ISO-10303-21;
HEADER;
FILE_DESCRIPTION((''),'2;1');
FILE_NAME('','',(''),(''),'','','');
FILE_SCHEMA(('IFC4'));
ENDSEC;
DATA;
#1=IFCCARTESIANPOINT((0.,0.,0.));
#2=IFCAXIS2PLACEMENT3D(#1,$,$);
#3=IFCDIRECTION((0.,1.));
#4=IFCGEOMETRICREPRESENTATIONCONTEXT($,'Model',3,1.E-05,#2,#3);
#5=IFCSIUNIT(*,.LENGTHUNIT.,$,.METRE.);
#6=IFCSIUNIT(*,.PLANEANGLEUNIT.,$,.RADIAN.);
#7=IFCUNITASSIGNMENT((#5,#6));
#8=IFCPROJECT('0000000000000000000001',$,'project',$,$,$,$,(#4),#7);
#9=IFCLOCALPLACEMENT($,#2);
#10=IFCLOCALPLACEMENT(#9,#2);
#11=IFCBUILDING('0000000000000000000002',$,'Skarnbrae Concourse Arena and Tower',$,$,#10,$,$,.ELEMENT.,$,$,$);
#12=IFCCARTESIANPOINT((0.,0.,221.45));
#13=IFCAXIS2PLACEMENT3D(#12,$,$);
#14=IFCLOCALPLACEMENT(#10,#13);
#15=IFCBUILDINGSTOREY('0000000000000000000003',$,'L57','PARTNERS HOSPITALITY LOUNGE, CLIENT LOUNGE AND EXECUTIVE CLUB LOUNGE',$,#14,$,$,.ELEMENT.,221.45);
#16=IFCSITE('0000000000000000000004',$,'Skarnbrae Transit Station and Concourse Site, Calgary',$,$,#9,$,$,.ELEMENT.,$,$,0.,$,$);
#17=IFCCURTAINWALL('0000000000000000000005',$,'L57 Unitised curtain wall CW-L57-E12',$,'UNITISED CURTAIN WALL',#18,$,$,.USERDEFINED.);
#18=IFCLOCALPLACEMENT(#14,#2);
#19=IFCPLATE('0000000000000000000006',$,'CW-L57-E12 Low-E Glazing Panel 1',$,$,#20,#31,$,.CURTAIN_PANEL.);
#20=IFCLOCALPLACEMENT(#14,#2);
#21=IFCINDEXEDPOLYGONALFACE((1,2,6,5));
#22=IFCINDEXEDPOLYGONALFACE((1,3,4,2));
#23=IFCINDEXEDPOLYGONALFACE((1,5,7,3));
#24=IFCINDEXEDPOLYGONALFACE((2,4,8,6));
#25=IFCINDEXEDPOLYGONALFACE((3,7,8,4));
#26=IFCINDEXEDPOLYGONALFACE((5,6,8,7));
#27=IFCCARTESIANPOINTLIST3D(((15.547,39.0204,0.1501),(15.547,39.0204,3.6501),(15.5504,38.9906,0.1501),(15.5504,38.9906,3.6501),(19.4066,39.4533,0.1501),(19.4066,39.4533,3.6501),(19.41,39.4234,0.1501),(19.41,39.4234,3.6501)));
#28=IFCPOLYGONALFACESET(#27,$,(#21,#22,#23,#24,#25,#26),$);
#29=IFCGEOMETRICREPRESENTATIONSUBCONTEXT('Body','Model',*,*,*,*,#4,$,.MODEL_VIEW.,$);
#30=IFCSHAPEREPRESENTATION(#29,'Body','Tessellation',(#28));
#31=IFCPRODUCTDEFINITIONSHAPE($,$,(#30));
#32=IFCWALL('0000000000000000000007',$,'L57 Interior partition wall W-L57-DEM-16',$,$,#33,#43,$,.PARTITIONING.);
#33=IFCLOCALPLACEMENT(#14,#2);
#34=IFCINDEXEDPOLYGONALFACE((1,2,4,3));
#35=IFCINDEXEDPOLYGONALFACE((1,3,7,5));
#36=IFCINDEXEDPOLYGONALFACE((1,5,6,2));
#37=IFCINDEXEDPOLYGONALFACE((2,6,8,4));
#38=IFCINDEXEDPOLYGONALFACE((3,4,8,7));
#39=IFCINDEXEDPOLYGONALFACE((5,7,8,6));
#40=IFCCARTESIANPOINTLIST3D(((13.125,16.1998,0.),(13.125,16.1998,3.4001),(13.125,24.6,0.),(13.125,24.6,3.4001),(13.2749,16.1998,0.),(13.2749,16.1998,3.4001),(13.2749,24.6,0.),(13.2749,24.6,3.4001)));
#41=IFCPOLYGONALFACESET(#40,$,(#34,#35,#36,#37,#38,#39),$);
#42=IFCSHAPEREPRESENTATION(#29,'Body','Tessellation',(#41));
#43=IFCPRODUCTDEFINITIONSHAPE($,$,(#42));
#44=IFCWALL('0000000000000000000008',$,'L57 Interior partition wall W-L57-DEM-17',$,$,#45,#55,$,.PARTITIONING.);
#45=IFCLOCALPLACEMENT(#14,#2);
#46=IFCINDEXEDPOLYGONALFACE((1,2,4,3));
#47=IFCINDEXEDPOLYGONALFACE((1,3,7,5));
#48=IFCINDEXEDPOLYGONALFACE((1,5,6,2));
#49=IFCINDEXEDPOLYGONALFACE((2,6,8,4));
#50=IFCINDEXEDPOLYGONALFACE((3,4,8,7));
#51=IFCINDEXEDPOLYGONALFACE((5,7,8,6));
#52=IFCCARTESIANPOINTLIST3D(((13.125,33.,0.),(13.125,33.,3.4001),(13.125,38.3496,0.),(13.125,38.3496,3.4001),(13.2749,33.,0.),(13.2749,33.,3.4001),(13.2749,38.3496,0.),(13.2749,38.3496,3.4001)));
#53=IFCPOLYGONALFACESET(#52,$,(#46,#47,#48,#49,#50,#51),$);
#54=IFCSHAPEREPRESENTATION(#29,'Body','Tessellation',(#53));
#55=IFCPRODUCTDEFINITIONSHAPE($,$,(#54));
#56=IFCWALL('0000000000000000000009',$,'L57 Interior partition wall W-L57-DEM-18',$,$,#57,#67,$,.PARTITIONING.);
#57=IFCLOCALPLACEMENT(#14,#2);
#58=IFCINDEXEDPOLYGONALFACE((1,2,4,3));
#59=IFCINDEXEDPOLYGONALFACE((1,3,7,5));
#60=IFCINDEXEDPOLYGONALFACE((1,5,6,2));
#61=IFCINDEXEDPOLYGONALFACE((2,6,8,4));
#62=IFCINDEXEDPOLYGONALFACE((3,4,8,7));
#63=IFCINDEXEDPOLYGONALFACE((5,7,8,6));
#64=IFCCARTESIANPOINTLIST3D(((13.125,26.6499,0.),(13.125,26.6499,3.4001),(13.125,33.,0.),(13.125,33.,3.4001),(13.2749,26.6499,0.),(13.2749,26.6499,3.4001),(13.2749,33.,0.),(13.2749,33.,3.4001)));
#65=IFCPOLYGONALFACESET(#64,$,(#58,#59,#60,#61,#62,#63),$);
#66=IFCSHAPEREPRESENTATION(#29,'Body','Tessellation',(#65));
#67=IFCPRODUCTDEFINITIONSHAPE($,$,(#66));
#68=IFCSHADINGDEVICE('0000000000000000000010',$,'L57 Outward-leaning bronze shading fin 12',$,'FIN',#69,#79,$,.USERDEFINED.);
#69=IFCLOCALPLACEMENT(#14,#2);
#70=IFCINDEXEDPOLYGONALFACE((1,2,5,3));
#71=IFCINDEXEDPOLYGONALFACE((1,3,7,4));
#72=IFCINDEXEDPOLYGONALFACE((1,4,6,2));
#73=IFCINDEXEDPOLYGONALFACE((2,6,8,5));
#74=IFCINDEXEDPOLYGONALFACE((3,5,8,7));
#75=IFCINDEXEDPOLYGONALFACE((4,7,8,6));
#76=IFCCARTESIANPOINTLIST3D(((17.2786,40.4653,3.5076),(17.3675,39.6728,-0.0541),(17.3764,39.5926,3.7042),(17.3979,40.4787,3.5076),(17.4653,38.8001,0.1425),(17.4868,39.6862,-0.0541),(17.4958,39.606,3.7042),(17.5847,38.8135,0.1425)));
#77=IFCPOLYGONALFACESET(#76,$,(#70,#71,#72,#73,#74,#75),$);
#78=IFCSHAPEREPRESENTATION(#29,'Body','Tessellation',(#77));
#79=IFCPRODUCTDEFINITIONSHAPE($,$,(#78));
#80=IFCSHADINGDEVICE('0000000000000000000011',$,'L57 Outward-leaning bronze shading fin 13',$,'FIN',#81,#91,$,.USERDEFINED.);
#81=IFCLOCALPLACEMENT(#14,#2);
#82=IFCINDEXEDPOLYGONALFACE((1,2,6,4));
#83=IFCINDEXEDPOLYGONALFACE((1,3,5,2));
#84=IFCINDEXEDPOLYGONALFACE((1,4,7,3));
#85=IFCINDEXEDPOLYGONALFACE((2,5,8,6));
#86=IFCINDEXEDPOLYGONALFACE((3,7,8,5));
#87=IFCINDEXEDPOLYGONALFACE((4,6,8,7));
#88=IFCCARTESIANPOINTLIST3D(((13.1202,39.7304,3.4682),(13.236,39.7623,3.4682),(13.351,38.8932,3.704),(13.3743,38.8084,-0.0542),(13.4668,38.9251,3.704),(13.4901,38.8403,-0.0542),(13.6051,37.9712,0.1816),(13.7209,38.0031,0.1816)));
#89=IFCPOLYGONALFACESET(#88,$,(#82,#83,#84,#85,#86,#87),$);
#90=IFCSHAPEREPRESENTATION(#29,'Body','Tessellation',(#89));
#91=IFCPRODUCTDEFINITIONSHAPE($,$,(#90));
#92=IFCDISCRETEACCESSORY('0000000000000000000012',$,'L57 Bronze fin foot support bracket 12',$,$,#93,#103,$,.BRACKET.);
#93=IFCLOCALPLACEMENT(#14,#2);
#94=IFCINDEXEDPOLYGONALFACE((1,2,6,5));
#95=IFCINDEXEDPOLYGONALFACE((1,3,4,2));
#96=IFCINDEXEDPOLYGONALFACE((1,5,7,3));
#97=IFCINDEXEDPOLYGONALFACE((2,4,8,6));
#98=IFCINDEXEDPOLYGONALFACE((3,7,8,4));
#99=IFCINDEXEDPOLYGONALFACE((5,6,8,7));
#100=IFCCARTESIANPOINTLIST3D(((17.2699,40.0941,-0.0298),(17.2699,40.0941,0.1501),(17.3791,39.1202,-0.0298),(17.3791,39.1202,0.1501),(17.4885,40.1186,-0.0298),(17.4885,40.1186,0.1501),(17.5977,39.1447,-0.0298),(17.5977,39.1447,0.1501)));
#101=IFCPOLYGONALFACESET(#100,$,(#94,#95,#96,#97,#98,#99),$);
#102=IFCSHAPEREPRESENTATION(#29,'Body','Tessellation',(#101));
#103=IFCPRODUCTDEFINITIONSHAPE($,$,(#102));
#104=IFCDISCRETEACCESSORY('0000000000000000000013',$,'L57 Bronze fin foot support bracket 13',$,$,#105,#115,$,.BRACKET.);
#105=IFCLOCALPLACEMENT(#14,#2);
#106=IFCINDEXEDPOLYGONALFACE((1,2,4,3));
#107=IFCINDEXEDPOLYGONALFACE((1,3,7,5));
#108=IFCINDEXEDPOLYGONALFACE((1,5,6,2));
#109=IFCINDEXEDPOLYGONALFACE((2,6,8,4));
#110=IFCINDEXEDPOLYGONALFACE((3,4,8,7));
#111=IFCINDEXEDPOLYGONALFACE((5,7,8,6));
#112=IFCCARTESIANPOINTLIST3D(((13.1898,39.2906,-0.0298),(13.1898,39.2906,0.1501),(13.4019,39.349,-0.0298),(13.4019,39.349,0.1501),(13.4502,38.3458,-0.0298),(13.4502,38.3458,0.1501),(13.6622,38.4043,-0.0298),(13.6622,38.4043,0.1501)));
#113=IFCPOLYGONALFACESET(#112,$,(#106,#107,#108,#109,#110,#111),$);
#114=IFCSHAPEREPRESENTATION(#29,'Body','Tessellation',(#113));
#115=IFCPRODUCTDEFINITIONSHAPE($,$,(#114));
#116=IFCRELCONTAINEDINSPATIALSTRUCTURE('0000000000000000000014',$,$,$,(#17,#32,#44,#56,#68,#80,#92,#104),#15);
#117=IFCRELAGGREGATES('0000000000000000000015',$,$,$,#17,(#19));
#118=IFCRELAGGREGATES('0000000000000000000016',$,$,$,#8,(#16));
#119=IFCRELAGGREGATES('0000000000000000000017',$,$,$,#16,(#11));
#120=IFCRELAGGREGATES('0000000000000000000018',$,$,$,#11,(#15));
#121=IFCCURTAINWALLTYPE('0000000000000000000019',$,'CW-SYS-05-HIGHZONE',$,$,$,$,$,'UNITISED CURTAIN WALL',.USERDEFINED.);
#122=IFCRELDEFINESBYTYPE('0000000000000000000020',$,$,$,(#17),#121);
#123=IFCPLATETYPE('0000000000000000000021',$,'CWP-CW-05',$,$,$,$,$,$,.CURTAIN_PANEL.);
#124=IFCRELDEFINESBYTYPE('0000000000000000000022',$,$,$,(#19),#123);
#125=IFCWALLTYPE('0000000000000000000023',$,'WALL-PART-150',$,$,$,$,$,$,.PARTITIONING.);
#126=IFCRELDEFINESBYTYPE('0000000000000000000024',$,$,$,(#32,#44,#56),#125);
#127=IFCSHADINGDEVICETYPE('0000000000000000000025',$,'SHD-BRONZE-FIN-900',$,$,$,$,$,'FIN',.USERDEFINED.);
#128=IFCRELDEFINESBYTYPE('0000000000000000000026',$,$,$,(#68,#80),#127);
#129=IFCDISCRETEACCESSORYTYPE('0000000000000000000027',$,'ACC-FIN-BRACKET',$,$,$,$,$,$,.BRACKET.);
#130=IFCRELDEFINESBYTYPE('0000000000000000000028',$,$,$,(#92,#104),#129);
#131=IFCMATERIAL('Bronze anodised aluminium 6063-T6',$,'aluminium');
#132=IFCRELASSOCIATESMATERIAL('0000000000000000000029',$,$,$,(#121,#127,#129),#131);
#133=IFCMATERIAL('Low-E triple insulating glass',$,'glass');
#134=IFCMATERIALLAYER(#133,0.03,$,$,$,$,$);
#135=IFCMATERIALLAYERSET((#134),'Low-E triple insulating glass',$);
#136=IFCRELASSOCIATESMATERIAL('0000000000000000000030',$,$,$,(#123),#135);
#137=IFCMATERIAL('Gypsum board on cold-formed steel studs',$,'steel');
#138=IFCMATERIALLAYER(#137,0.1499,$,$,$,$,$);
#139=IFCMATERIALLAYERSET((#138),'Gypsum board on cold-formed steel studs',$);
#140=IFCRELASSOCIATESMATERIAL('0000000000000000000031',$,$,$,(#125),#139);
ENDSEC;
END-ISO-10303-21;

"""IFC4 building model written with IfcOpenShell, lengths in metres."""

from ifc_helpers import new_model, si_unit, direction, frame, frame_2d, origin, origin_2d, place, context, subcontext, project, spatial, rectangle, extrude, source, transform, mapped, material, layer, layer_set, type_object, element, aggregate, save


model = new_model("IFC4")

# Units and contexts
model_context = context("Model", 3, precision=1e-05, world=origin(), true_north=direction((0.0, 1.0)))
body_context = subcontext(model_context, "Body", "Model", "MODEL_VIEW")
ifc_project = project(units=[si_unit("LENGTHUNIT", "METRE"), si_unit("PLANEANGLEUNIT", "RADIAN")], contexts=[model_context])

# Site, building, storey
site_placement = place(None, origin())
site = spatial("IfcSite", under=ifc_project, at=site_placement, Name="Skarnbrae Transit Station and Concourse Site, Calgary", CompositionType="ELEMENT", RefElevation=0.0)
building_placement = place(site_placement, origin())
building = spatial("IfcBuilding", under=site, at=building_placement, Name="Skarnbrae Concourse Arena and Tower", CompositionType="ELEMENT")
storey_placement = place(building_placement, frame((0.0, 0.0, 221.45)))
storey = spatial("IfcBuildingStorey", under=building, at=storey_placement, Name="L57", Description="PARTNERS HOSPITALITY LOUNGE, CLIENT LOUNGE AND EXECUTIVE CLUB LOUNGE", CompositionType="ELEMENT", Elevation=221.45)

# Curtain wall
ifc_material_1 = material(Name="Bronze anodised aluminium 6063-T6", Category="aluminium")
curtain_wall_type = type_object("IfcCurtainWallType", Name="CW-SYS-05-HIGHZONE", ElementType="UNITISED CURTAIN WALL", PredefinedType="USERDEFINED", material=ifc_material_1)
curtain_wall_1_placement = place(storey_placement, origin())
curtain_wall_1 = element("IfcCurtainWall", 1, at=curtain_wall_1_placement, inside=storey, type_object=curtain_wall_type, Name="L57 Unitised curtain wall CW-L57-E12", ObjectType="UNITISED CURTAIN WALL", PredefinedType="USERDEFINED")

# Plate
ifc_material_2 = material(Name="Low-E triple insulating glass", Category="glass")
ifc_layer_1 = layer(ifc_material_2, 0.03)
ifc_layer_set_1 = layer_set([ifc_layer_1], Name="Low-E triple insulating glass")
plate_type = type_object("IfcPlateType", Name="CWP-CW-05", PredefinedType="CURTAIN_PANEL", material=ifc_layer_set_1)
shared_shape_1 = source(origin(), body_context, "Body", "SweptSolid", [
    extrude(rectangle(XDim=3.8838, YDim=0.03, at=origin_2d()), origin(), (0.0, 0.0, 1.0), 3.5),
])
plate_1_placement = place(storey_placement, frame((17.4785, 39.2219, 0.1501), z_axis=(0.0, 0.0, 1.0), x_axis=(-0.993769, -0.11146, 0.0)))
plate_1 = element("IfcPlate", 2, at=plate_1_placement, type_object=plate_type, Name="CW-L57-E12 Low-E Glazing Panel 1", PredefinedType="CURTAIN_PANEL", context=body_context, shape_type="MappedRepresentation", body=[
    mapped(shared_shape_1, transform((0.0, 0.0, 0.0))),
])
aggregate(curtain_wall_1, [plate_1])

# Walls
ifc_material_3 = material(Name="Gypsum board on cold-formed steel studs", Category="steel")
ifc_layer_2 = layer(ifc_material_3, 0.1499)
ifc_layer_set_2 = layer_set([ifc_layer_2], Name="Gypsum board on cold-formed steel studs")
wall_type = type_object("IfcWallType", Name="WALL-PART-150", PredefinedType="PARTITIONING", material=ifc_layer_set_2)
shared_shape_2 = source(origin(), body_context, "Body", "SweptSolid", [
    extrude(rectangle(XDim=8.4001, YDim=0.1499, at=frame_2d((4.2002, 0.0))), origin(), (0.0, 0.0, 1.0), 3.4001),
])
wall_1_placement = place(storey_placement, frame((13.2, 24.6001, 0.0), z_axis=(0.0, 0.0, 1.0), x_axis=(0.0, -1.0, 0.0)))
element("IfcWall", 3, at=wall_1_placement, inside=storey, type_object=wall_type, Name="L57 Interior partition wall W-L57-DEM-16", PredefinedType="PARTITIONING", context=body_context, shape_type="MappedRepresentation", body=[
    mapped(shared_shape_2, transform((0.0, 0.0, 0.0))),
])
shared_shape_3 = source(origin(), body_context, "Body", "SweptSolid", [
    extrude(rectangle(XDim=5.3496, YDim=0.1499, at=frame_2d((2.6748, 0.0))), origin(), (0.0, 0.0, 1.0), 3.4001),
])
wall_2_placement = place(storey_placement, frame((13.2, 38.3496, 0.0), z_axis=(0.0, 0.0, 1.0), x_axis=(0.0, -1.0, 0.0)))
element("IfcWall", 4, at=wall_2_placement, inside=storey, type_object=wall_type, Name="L57 Interior partition wall W-L57-DEM-17", PredefinedType="PARTITIONING", context=body_context, shape_type="MappedRepresentation", body=[
    mapped(shared_shape_3, transform((0.0, 0.0, 0.0))),
])
shared_shape_4 = source(origin(), body_context, "Body", "SweptSolid", [
    extrude(rectangle(XDim=6.3501, YDim=0.1499, at=frame_2d((3.175, 0.0))), origin(), (0.0, 0.0, 1.0), 3.4001),
])
wall_3_placement = place(storey_placement, frame((13.2, 33.0, 0.0), z_axis=(0.0, 0.0, 1.0), x_axis=(0.0, -1.0, 0.0)))
element("IfcWall", 5, at=wall_3_placement, inside=storey, type_object=wall_type, Name="L57 Interior partition wall W-L57-DEM-18", PredefinedType="PARTITIONING", context=body_context, shape_type="MappedRepresentation", body=[
    mapped(shared_shape_4, transform((0.0, 0.0, 0.0))),
])

# Shading devices
shading_device_type = type_object("IfcShadingDeviceType", Name="SHD-BRONZE-FIN-900", ElementType="FIN", PredefinedType="USERDEFINED", material=ifc_material_1)
shared_shape_5 = source(origin(), body_context, "Body", "SweptSolid", [
    extrude(rectangle(XDim=0.1201, YDim=0.8999, at=origin_2d()), origin(), (0.0, 0.0, 1.0), 3.6499),
])
for number, where, z_axis, x_axis, name in (
    (6, (17.4761, 39.2432, 0.0442), (-0.02435, 0.217123, 0.975841), (0.99377, 0.111452, 0.0), "L57 Outward-leaning bronze shading fin 12"),
    (7, (13.5476, 38.4058, 0.0637), (-0.069616, 0.252603, 0.965062), (0.964058, 0.265691, 0.0), "L57 Outward-leaning bronze shading fin 13"),
):
    element("IfcShadingDevice", number, at=place(storey_placement, frame(where, z_axis=z_axis, x_axis=x_axis)), inside=storey, type_object=shading_device_type, Name=name, ObjectType="FIN", PredefinedType="USERDEFINED", context=body_context, shape_type="MappedRepresentation", body=[
        mapped(shared_shape_5, transform((0.0, 0.0, 0.0))),
    ])

# Discrete accessories
discrete_accessory_type = type_object("IfcDiscreteAccessoryType", Name="ACC-FIN-BRACKET", PredefinedType="BRACKET", material=ifc_material_1)
shared_shape_6 = source(origin(), body_context, "Body", "SweptSolid", [
    extrude(rectangle(XDim=0.22, YDim=0.98, at=origin_2d()), origin(), (0.0, 0.0, 1.0), 0.1799),
])
for number, where, z_axis, x_axis, name in (
    (8, (17.4338, 39.6194, -0.0298), (0.0, 0.0, 1.0), (0.99377, 0.111452, 0.0), "L57 Bronze fin foot support bracket 12"),
    (9, (13.426, 38.8474, -0.0298), (0.0, 0.0, 1.0), (0.964058, 0.265691, 0.0), "L57 Bronze fin foot support bracket 13"),
):
    element("IfcDiscreteAccessory", number, at=place(storey_placement, frame(where, z_axis=z_axis, x_axis=x_axis)), inside=storey, type_object=discrete_accessory_type, Name=name, PredefinedType="BRACKET", context=body_context, shape_type="MappedRepresentation", body=[
        mapped(shared_shape_6, transform((0.0, 0.0, 0.0))),
    ])

save(model, "model.ifc")
